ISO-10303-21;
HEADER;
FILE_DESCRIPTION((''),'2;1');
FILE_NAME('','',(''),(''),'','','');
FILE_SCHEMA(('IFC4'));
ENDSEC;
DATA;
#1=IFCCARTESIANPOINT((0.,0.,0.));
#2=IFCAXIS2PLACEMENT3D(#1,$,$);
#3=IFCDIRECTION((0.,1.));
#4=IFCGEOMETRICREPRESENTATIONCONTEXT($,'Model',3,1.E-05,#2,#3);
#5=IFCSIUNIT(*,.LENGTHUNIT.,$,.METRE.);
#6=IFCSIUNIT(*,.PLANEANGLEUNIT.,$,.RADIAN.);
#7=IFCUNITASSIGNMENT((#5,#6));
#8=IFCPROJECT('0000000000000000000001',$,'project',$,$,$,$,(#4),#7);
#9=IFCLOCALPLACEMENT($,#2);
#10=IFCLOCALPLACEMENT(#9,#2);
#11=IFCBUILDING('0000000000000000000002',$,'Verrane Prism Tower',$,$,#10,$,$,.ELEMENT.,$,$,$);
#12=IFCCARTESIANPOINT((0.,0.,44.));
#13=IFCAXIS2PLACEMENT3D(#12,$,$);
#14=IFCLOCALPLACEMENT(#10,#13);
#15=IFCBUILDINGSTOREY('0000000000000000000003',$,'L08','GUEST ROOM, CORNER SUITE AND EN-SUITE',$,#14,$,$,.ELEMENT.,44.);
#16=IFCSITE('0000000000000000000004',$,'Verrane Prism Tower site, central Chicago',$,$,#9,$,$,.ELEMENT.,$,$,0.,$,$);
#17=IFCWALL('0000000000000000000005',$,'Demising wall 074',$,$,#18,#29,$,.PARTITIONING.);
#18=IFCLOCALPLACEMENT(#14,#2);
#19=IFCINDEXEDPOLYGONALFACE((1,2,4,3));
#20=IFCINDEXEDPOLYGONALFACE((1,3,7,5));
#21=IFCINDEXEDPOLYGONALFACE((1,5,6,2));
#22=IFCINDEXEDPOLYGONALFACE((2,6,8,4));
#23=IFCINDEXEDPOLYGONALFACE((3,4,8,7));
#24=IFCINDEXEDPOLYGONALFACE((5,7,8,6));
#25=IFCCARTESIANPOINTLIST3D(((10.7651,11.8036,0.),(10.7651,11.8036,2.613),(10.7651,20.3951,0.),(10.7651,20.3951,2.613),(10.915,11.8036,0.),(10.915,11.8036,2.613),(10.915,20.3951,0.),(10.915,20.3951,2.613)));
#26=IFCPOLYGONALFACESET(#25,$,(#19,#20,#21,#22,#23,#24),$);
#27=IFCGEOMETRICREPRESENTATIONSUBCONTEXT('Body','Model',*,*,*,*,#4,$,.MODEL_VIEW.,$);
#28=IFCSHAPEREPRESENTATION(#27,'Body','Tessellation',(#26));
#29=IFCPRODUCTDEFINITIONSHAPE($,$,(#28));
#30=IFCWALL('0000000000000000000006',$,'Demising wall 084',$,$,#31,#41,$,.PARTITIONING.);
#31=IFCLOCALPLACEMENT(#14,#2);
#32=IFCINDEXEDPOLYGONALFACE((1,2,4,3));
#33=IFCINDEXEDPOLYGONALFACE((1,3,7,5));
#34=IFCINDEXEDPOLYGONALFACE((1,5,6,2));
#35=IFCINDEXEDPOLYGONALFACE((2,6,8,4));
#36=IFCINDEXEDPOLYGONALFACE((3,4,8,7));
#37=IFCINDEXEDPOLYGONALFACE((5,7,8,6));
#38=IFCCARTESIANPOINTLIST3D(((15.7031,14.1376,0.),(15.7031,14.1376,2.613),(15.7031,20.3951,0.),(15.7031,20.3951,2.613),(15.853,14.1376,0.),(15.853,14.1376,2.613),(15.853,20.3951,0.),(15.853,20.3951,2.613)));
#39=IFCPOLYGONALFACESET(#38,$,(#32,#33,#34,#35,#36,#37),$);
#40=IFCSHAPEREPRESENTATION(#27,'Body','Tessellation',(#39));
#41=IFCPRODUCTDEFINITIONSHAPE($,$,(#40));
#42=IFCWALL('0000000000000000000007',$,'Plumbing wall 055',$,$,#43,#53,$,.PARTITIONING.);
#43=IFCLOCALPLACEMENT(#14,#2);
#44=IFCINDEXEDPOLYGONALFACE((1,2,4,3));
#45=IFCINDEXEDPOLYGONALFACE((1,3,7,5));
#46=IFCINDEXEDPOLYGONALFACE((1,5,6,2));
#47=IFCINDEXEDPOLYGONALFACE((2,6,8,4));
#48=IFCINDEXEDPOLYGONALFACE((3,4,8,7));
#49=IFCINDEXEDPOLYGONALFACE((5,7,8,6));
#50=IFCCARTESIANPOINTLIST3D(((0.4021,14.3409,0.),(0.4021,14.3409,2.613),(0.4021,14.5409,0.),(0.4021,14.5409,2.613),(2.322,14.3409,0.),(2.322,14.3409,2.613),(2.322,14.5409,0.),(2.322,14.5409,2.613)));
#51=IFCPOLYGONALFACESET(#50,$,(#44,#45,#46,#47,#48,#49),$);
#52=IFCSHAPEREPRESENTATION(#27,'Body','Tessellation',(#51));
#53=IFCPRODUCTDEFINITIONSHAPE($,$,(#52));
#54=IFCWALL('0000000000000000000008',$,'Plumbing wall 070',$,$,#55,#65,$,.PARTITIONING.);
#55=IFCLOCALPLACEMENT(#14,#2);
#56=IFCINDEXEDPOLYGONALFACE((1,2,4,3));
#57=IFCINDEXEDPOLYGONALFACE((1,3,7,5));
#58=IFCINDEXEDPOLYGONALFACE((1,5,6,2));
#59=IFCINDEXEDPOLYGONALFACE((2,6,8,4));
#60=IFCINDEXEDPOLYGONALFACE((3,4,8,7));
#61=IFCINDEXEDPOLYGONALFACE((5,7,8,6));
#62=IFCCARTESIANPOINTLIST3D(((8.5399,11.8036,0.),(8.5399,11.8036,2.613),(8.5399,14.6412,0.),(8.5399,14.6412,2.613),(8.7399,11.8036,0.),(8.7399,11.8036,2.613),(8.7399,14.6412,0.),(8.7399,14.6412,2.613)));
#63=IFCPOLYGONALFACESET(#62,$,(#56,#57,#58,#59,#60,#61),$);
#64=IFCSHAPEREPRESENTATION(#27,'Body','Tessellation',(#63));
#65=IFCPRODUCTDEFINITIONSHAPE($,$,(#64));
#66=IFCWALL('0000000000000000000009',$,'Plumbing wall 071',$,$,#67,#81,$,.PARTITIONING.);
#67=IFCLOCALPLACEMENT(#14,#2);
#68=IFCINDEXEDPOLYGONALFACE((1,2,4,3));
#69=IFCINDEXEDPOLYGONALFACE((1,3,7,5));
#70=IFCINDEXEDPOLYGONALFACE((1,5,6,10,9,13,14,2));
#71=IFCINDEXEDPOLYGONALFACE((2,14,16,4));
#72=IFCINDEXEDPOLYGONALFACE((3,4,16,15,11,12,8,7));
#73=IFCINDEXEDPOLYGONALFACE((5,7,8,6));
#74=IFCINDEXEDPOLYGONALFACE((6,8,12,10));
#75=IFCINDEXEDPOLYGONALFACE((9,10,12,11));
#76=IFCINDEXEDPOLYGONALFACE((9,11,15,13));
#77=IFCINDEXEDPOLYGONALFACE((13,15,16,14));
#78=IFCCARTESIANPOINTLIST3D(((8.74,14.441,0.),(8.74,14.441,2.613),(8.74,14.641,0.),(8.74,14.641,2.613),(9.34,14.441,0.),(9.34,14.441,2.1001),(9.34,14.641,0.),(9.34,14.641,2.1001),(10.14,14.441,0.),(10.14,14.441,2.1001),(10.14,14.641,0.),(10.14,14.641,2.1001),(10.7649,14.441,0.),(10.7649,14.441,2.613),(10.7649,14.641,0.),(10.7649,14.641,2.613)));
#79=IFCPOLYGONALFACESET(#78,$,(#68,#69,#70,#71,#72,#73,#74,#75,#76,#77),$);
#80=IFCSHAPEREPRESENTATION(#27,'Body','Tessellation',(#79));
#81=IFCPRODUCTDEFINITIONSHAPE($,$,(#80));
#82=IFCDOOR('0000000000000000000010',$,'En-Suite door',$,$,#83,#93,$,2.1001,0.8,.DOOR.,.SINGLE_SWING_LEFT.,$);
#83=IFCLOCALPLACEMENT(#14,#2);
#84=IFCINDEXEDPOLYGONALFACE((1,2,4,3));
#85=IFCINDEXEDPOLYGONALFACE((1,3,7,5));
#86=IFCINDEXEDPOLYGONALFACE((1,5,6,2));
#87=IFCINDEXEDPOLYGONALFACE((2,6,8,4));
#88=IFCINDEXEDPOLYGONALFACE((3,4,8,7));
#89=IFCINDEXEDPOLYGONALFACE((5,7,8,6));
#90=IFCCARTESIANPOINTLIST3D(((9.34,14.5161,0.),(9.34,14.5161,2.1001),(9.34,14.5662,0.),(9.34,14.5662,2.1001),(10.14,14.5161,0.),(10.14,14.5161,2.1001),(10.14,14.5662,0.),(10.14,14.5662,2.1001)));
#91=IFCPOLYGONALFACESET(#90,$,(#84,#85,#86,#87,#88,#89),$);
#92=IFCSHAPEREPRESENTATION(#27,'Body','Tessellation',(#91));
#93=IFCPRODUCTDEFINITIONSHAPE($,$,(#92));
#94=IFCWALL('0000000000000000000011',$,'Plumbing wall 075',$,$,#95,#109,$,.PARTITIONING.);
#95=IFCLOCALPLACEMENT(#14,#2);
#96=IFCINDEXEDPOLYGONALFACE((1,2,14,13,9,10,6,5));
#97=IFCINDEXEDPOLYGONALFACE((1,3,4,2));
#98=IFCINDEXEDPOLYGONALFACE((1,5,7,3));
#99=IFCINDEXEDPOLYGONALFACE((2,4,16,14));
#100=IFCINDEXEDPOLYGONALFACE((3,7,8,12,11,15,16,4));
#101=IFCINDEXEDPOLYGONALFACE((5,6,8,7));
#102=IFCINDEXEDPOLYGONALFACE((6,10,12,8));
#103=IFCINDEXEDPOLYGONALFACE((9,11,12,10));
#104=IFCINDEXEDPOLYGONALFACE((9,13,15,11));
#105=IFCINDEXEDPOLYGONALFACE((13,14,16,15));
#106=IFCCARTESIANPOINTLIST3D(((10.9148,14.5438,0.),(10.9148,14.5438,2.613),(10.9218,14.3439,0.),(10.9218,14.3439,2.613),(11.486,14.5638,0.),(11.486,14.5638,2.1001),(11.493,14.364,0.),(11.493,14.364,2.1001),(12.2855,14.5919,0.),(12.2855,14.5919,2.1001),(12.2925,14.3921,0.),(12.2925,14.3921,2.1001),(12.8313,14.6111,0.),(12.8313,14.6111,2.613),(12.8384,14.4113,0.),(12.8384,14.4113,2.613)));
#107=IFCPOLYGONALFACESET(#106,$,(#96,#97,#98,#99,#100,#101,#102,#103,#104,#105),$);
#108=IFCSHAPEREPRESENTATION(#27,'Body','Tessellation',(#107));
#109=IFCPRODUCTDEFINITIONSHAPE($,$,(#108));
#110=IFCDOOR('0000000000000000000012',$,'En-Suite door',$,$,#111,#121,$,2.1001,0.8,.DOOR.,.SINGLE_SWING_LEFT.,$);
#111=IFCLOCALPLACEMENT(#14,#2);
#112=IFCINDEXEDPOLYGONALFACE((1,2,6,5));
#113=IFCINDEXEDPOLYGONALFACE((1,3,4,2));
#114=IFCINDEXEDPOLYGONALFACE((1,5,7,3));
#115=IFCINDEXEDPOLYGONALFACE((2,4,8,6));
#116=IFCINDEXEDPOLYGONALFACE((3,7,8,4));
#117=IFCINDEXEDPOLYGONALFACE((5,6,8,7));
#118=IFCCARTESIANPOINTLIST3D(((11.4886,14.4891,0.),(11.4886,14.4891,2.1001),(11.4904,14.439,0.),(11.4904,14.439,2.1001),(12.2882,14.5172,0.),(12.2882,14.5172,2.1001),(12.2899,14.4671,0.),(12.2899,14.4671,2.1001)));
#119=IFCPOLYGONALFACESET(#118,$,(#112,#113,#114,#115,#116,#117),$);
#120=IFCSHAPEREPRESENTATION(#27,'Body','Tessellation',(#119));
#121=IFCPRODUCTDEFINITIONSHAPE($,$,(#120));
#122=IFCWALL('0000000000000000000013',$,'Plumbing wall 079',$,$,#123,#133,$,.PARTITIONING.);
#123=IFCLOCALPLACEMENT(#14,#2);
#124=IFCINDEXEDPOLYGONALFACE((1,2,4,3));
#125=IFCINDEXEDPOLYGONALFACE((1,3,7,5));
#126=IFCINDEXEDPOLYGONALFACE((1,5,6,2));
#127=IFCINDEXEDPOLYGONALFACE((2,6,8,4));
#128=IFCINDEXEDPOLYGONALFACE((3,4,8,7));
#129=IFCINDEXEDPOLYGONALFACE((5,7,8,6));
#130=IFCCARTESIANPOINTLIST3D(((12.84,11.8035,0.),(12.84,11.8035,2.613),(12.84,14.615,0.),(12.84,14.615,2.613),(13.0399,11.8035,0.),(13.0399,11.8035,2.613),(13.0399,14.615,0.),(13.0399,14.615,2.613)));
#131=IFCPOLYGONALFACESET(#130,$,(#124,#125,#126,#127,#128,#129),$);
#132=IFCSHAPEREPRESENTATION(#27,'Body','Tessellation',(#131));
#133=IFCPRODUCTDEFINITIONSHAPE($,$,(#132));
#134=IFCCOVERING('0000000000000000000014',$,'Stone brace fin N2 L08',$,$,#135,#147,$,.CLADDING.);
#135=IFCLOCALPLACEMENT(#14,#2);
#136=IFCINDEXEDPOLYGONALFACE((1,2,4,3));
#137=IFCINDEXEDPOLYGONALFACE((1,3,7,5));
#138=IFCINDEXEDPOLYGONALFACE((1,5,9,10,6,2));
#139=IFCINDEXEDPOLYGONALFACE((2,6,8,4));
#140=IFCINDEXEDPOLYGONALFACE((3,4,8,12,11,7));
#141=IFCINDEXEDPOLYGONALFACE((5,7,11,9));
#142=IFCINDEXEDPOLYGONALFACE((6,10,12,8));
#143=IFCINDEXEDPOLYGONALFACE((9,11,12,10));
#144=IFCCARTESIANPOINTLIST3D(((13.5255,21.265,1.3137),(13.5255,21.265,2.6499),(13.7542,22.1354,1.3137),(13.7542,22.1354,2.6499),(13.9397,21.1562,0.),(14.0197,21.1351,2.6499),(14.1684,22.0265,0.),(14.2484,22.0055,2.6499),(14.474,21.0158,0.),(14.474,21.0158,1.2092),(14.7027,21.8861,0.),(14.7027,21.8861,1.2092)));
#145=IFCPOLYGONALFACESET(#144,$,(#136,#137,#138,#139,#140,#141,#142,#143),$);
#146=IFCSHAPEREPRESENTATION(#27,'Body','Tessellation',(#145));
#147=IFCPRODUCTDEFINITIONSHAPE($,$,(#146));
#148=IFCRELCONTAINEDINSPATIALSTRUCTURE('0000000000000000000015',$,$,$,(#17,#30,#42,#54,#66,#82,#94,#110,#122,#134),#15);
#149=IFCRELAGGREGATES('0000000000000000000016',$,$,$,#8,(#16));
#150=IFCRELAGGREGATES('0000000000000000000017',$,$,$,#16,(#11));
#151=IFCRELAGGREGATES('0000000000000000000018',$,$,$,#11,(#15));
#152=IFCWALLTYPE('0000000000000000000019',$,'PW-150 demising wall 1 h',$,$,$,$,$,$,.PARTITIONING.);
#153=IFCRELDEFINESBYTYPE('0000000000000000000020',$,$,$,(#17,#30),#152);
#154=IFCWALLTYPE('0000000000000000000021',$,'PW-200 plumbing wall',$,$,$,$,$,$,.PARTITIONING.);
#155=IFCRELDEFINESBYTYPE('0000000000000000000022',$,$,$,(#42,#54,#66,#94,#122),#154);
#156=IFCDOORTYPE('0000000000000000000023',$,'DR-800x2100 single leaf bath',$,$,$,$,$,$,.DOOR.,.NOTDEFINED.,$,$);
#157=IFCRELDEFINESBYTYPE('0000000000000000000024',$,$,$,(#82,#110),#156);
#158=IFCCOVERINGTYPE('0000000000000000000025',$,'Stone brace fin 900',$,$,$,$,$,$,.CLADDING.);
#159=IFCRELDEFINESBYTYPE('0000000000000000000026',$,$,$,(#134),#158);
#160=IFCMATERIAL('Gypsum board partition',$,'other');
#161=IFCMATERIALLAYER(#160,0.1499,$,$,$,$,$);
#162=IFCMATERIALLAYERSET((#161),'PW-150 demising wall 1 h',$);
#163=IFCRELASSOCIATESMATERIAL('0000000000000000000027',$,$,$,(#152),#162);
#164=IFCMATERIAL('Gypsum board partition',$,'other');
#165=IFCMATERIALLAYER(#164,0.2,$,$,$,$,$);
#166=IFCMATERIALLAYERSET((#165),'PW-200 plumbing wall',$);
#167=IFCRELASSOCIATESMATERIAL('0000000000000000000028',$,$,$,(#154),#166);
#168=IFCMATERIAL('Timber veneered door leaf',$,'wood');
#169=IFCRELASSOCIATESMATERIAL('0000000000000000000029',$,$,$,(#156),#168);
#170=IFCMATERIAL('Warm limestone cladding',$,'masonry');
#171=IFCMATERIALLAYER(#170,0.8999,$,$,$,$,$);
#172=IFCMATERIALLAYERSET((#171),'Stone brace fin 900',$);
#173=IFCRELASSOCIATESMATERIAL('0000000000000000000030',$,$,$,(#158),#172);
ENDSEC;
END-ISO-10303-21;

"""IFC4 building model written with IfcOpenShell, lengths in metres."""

from ifc_helpers import new_model, si_unit, direction, frame, frame_2d, origin, place, context, subcontext, project, spatial, polyline, rectangle, outline, extrude, material, layer, layer_set, type_object, element, fill, save


model = new_model("IFC4")

# Units and contexts
model_context = context("Model", 3, precision=1e-05, world=origin(), true_north=direction((0.0, 1.0)))
body_context = subcontext(model_context, "Body", "Model", "MODEL_VIEW")
ifc_project = project(units=[si_unit("LENGTHUNIT", "METRE"), si_unit("PLANEANGLEUNIT", "RADIAN")], contexts=[model_context])

# Site, building, storey
site_placement = place(None, origin())
site = spatial("IfcSite", under=ifc_project, at=site_placement, Name="Verrane Prism Tower site, central Chicago", CompositionType="ELEMENT", RefElevation=0.0)
building_placement = place(site_placement, origin())
building = spatial("IfcBuilding", under=site, at=building_placement, Name="Verrane Prism Tower", CompositionType="ELEMENT")
storey_placement = place(building_placement, frame((0.0, 0.0, 44.0)))
storey = spatial("IfcBuildingStorey", under=building, at=storey_placement, Name="L08", Description="GUEST ROOM, CORNER SUITE AND EN-SUITE", CompositionType="ELEMENT", Elevation=44.0)

# Walls
ifc_material_1 = material(Name="Gypsum board partition", Category="other")
ifc_layer_1 = layer(ifc_material_1, 0.1499)
ifc_layer_set_1 = layer_set([ifc_layer_1], Name="PW-150 demising wall 1 h")
wall_type_1 = type_object("IfcWallType", Name="PW-150 demising wall 1 h", PredefinedType="PARTITIONING", material=ifc_layer_set_1)
wall_1_placement = place(storey_placement, frame((10.8401, 11.8035, 0.0), z_axis=(0.0, 0.0, 1.0), x_axis=(0.0, 1.0, 0.0)))
element("IfcWall", 1, at=wall_1_placement, inside=storey, type_object=wall_type_1, Name="Demising wall 074", PredefinedType="PARTITIONING", context=body_context, shape_type="SweptSolid", body=[
    extrude(rectangle(XDim=8.5916, YDim=0.1499, at=frame_2d((4.2959, 0.0))), origin(), (0.0, 0.0, 1.0), 2.613),
])
wall_2_placement = place(storey_placement, frame((15.7781, 14.1375, 0.0), z_axis=(0.0, 0.0, 1.0), x_axis=(0.0, 1.0, 0.0)))
element("IfcWall", 2, at=wall_2_placement, inside=storey, type_object=wall_type_1, Name="Demising wall 084", PredefinedType="PARTITIONING", context=body_context, shape_type="SweptSolid", body=[
    extrude(rectangle(XDim=6.2576, YDim=0.1499, at=frame_2d((3.1289, 0.0))), origin(), (0.0, 0.0, 1.0), 2.613),
])
ifc_material_2 = material(Name="Gypsum board partition", Category="other")
ifc_layer_2 = layer(ifc_material_2, 0.2)
ifc_layer_set_2 = layer_set([ifc_layer_2], Name="PW-200 plumbing wall")
wall_type_2 = type_object("IfcWallType", Name="PW-200 plumbing wall", PredefinedType="PARTITIONING", material=ifc_layer_set_2)
wall_3_placement = place(storey_placement, frame((0.4021, 14.4409, 0.0), z_axis=(0.0, 0.0, 1.0), x_axis=(1.0, 0.0, 0.0)))
element("IfcWall", 3, at=wall_3_placement, inside=storey, type_object=wall_type_2, Name="Plumbing wall 055", PredefinedType="PARTITIONING", context=body_context, shape_type="SweptSolid", body=[
    extrude(rectangle(XDim=1.9199, YDim=0.2, at=frame_2d((0.96, 0.0))), origin(), (0.0, 0.0, 1.0), 2.613),
])
wall_4_placement = place(storey_placement, frame((8.6399, 11.8035, 0.0), z_axis=(0.0, 0.0, 1.0), x_axis=(0.0, 1.0, 0.0)))
element("IfcWall", 4, at=wall_4_placement, inside=storey, type_object=wall_type_2, Name="Plumbing wall 070", PredefinedType="PARTITIONING", context=body_context, shape_type="SweptSolid", body=[
    extrude(rectangle(XDim=2.8376, YDim=0.2, at=frame_2d((1.4189, 0.0))), origin(), (0.0, 0.0, 1.0), 2.613),
])

# Walls, openings, doors
wall_5_placement = place(storey_placement, frame((10.7649, 14.541, 0.0), z_axis=(0.0, 0.0, 1.0), x_axis=(-1.0, 0.0, 0.0)))
wall_5 = element("IfcWall", 5, at=wall_5_placement, inside=storey, type_object=wall_type_2, Name="Plumbing wall 071", PredefinedType="PARTITIONING", context=body_context, shape_type="SweptSolid", body=[
    extrude(rectangle(XDim=2.0249, YDim=0.2, at=frame_2d((1.0125, 0.0))), origin(), (0.0, 0.0, 1.0), 2.613),
])
opening_1_placement = place(wall_5_placement, frame((0.625, 0.0, 0.0)))
opening_1 = element("IfcOpeningElement", 6, at=opening_1_placement, cuts=wall_5, PredefinedType="OPENING", context=body_context, shape_type="SweptSolid", body=[
    extrude(rectangle(XDim=0.8, YDim=2.1001, at=frame_2d((0.3999, 1.05))), frame((0.0, 0.1099, 0.0), z_axis=(0.0, -1.0, 0.0), x_axis=(1.0, 0.0, 0.0)), (0.0, 0.0, 1.0), 0.22),
])
ifc_material_3 = material(Name="Timber veneered door leaf", Category="wood")
door_type_1 = type_object("IfcDoorType", Name="DR-800x2100 single leaf bath", OperationType="NOTDEFINED", PredefinedType="DOOR", material=ifc_material_3)
door_1_placement = place(opening_1_placement, origin())
door_1 = element("IfcDoor", 7, at=door_1_placement, inside=storey, type_object=door_type_1, Name="En-Suite door", OperationType="SINGLE_SWING_LEFT", OverallHeight=2.1001, OverallWidth=0.8, PredefinedType="DOOR", context=body_context, shape_type="SweptSolid", body=[
    extrude(rectangle(XDim=0.8, YDim=2.1001, at=frame_2d((0.3999, 1.05))), frame((0.0, 0.0249, 0.0), z_axis=(0.0, -1.0, 0.0), x_axis=(1.0, 0.0, 0.0)), (0.0, 0.0, 1.0), 0.05),
])
fill(opening_1, door_1)
wall_6_placement = place(storey_placement, frame((12.835, 14.5112, 0.0), z_axis=(0.0, 0.0, 1.0), x_axis=(-0.999382, -0.035138, 0.0)))
wall_6 = element("IfcWall", 8, at=wall_6_placement, inside=storey, type_object=wall_type_2, Name="Plumbing wall 075", PredefinedType="PARTITIONING", context=body_context, shape_type="SweptSolid", body=[
    extrude(rectangle(XDim=1.9177, YDim=0.2, at=frame_2d((0.959, 0.0))), origin(), (0.0, 0.0, 1.0), 2.613),
])
opening_2_placement = place(wall_6_placement, frame((0.5464, 0.0, 0.0)))
opening_2 = element("IfcOpeningElement", 9, at=opening_2_placement, cuts=wall_6, PredefinedType="OPENING", context=body_context, shape_type="SweptSolid", body=[
    extrude(rectangle(XDim=0.8, YDim=2.1001, at=frame_2d((0.3999, 1.05))), frame((0.0, 0.1099, 0.0), z_axis=(0.0, -1.0, 0.0), x_axis=(1.0, 0.0, 0.0)), (0.0, 0.0, 1.0), 0.22),
])
door_2_placement = place(opening_2_placement, origin())
door_2 = element("IfcDoor", 10, at=door_2_placement, inside=storey, type_object=door_type_1, Name="En-Suite door", OperationType="SINGLE_SWING_LEFT", OverallHeight=2.1001, OverallWidth=0.8, PredefinedType="DOOR", context=body_context, shape_type="SweptSolid", body=[
    extrude(rectangle(XDim=0.8, YDim=2.1001, at=frame_2d((0.3999, 1.05))), frame((0.0, 0.0249, 0.0), z_axis=(0.0, -1.0, 0.0), x_axis=(1.0, 0.0, 0.0)), (0.0, 0.0, 1.0), 0.05),
])
fill(opening_2, door_2)

# Wall
wall_7_placement = place(storey_placement, frame((12.9399, 11.8035, 0.0), z_axis=(0.0, 0.0, 1.0), x_axis=(0.0, 1.0, 0.0)))
element("IfcWall", 11, at=wall_7_placement, inside=storey, type_object=wall_type_2, Name="Plumbing wall 079", PredefinedType="PARTITIONING", context=body_context, shape_type="SweptSolid", body=[
    extrude(rectangle(XDim=2.8115, YDim=0.2, at=frame_2d((1.4058, 0.0))), origin(), (0.0, 0.0, 1.0), 2.613),
])

# Covering
ifc_material_4 = material(Name="Warm limestone cladding", Category="masonry")
ifc_layer_3 = layer(ifc_material_4, 0.8999)
ifc_layer_set_3 = layer_set([ifc_layer_3], Name="Stone brace fin 900")
covering_type = type_object("IfcCoveringType", Name="Stone brace fin 900", PredefinedType="CLADDING", material=ifc_layer_set_3)
covering_placement = place(storey_placement, frame((14.5884, 21.4509, 0.0), z_axis=(0.0, 0.0, 1.0), x_axis=(-0.967158, 0.254175, 0.0)))
element("IfcCovering", 12, at=covering_placement, inside=storey, type_object=covering_type, Name="Stone brace fin N2 L08", PredefinedType="CLADDING", context=body_context, shape_type="SweptSolid", body=[
    extrude(outline(polyline([(0.9807, 2.6499), (0.4697, 2.6499), (0.0, 1.2092), (0.0, 0.0), (0.5525, 0.0), (0.9807, 1.3137), (0.9807, 2.6499)])), frame((0.0, 0.45, 0.0), z_axis=(0.0, -1.0, 0.0), x_axis=(1.0, 0.0, 0.0)), (0.0, 0.0, 1.0), 0.8999),
])

save(model, "model.ifc")
